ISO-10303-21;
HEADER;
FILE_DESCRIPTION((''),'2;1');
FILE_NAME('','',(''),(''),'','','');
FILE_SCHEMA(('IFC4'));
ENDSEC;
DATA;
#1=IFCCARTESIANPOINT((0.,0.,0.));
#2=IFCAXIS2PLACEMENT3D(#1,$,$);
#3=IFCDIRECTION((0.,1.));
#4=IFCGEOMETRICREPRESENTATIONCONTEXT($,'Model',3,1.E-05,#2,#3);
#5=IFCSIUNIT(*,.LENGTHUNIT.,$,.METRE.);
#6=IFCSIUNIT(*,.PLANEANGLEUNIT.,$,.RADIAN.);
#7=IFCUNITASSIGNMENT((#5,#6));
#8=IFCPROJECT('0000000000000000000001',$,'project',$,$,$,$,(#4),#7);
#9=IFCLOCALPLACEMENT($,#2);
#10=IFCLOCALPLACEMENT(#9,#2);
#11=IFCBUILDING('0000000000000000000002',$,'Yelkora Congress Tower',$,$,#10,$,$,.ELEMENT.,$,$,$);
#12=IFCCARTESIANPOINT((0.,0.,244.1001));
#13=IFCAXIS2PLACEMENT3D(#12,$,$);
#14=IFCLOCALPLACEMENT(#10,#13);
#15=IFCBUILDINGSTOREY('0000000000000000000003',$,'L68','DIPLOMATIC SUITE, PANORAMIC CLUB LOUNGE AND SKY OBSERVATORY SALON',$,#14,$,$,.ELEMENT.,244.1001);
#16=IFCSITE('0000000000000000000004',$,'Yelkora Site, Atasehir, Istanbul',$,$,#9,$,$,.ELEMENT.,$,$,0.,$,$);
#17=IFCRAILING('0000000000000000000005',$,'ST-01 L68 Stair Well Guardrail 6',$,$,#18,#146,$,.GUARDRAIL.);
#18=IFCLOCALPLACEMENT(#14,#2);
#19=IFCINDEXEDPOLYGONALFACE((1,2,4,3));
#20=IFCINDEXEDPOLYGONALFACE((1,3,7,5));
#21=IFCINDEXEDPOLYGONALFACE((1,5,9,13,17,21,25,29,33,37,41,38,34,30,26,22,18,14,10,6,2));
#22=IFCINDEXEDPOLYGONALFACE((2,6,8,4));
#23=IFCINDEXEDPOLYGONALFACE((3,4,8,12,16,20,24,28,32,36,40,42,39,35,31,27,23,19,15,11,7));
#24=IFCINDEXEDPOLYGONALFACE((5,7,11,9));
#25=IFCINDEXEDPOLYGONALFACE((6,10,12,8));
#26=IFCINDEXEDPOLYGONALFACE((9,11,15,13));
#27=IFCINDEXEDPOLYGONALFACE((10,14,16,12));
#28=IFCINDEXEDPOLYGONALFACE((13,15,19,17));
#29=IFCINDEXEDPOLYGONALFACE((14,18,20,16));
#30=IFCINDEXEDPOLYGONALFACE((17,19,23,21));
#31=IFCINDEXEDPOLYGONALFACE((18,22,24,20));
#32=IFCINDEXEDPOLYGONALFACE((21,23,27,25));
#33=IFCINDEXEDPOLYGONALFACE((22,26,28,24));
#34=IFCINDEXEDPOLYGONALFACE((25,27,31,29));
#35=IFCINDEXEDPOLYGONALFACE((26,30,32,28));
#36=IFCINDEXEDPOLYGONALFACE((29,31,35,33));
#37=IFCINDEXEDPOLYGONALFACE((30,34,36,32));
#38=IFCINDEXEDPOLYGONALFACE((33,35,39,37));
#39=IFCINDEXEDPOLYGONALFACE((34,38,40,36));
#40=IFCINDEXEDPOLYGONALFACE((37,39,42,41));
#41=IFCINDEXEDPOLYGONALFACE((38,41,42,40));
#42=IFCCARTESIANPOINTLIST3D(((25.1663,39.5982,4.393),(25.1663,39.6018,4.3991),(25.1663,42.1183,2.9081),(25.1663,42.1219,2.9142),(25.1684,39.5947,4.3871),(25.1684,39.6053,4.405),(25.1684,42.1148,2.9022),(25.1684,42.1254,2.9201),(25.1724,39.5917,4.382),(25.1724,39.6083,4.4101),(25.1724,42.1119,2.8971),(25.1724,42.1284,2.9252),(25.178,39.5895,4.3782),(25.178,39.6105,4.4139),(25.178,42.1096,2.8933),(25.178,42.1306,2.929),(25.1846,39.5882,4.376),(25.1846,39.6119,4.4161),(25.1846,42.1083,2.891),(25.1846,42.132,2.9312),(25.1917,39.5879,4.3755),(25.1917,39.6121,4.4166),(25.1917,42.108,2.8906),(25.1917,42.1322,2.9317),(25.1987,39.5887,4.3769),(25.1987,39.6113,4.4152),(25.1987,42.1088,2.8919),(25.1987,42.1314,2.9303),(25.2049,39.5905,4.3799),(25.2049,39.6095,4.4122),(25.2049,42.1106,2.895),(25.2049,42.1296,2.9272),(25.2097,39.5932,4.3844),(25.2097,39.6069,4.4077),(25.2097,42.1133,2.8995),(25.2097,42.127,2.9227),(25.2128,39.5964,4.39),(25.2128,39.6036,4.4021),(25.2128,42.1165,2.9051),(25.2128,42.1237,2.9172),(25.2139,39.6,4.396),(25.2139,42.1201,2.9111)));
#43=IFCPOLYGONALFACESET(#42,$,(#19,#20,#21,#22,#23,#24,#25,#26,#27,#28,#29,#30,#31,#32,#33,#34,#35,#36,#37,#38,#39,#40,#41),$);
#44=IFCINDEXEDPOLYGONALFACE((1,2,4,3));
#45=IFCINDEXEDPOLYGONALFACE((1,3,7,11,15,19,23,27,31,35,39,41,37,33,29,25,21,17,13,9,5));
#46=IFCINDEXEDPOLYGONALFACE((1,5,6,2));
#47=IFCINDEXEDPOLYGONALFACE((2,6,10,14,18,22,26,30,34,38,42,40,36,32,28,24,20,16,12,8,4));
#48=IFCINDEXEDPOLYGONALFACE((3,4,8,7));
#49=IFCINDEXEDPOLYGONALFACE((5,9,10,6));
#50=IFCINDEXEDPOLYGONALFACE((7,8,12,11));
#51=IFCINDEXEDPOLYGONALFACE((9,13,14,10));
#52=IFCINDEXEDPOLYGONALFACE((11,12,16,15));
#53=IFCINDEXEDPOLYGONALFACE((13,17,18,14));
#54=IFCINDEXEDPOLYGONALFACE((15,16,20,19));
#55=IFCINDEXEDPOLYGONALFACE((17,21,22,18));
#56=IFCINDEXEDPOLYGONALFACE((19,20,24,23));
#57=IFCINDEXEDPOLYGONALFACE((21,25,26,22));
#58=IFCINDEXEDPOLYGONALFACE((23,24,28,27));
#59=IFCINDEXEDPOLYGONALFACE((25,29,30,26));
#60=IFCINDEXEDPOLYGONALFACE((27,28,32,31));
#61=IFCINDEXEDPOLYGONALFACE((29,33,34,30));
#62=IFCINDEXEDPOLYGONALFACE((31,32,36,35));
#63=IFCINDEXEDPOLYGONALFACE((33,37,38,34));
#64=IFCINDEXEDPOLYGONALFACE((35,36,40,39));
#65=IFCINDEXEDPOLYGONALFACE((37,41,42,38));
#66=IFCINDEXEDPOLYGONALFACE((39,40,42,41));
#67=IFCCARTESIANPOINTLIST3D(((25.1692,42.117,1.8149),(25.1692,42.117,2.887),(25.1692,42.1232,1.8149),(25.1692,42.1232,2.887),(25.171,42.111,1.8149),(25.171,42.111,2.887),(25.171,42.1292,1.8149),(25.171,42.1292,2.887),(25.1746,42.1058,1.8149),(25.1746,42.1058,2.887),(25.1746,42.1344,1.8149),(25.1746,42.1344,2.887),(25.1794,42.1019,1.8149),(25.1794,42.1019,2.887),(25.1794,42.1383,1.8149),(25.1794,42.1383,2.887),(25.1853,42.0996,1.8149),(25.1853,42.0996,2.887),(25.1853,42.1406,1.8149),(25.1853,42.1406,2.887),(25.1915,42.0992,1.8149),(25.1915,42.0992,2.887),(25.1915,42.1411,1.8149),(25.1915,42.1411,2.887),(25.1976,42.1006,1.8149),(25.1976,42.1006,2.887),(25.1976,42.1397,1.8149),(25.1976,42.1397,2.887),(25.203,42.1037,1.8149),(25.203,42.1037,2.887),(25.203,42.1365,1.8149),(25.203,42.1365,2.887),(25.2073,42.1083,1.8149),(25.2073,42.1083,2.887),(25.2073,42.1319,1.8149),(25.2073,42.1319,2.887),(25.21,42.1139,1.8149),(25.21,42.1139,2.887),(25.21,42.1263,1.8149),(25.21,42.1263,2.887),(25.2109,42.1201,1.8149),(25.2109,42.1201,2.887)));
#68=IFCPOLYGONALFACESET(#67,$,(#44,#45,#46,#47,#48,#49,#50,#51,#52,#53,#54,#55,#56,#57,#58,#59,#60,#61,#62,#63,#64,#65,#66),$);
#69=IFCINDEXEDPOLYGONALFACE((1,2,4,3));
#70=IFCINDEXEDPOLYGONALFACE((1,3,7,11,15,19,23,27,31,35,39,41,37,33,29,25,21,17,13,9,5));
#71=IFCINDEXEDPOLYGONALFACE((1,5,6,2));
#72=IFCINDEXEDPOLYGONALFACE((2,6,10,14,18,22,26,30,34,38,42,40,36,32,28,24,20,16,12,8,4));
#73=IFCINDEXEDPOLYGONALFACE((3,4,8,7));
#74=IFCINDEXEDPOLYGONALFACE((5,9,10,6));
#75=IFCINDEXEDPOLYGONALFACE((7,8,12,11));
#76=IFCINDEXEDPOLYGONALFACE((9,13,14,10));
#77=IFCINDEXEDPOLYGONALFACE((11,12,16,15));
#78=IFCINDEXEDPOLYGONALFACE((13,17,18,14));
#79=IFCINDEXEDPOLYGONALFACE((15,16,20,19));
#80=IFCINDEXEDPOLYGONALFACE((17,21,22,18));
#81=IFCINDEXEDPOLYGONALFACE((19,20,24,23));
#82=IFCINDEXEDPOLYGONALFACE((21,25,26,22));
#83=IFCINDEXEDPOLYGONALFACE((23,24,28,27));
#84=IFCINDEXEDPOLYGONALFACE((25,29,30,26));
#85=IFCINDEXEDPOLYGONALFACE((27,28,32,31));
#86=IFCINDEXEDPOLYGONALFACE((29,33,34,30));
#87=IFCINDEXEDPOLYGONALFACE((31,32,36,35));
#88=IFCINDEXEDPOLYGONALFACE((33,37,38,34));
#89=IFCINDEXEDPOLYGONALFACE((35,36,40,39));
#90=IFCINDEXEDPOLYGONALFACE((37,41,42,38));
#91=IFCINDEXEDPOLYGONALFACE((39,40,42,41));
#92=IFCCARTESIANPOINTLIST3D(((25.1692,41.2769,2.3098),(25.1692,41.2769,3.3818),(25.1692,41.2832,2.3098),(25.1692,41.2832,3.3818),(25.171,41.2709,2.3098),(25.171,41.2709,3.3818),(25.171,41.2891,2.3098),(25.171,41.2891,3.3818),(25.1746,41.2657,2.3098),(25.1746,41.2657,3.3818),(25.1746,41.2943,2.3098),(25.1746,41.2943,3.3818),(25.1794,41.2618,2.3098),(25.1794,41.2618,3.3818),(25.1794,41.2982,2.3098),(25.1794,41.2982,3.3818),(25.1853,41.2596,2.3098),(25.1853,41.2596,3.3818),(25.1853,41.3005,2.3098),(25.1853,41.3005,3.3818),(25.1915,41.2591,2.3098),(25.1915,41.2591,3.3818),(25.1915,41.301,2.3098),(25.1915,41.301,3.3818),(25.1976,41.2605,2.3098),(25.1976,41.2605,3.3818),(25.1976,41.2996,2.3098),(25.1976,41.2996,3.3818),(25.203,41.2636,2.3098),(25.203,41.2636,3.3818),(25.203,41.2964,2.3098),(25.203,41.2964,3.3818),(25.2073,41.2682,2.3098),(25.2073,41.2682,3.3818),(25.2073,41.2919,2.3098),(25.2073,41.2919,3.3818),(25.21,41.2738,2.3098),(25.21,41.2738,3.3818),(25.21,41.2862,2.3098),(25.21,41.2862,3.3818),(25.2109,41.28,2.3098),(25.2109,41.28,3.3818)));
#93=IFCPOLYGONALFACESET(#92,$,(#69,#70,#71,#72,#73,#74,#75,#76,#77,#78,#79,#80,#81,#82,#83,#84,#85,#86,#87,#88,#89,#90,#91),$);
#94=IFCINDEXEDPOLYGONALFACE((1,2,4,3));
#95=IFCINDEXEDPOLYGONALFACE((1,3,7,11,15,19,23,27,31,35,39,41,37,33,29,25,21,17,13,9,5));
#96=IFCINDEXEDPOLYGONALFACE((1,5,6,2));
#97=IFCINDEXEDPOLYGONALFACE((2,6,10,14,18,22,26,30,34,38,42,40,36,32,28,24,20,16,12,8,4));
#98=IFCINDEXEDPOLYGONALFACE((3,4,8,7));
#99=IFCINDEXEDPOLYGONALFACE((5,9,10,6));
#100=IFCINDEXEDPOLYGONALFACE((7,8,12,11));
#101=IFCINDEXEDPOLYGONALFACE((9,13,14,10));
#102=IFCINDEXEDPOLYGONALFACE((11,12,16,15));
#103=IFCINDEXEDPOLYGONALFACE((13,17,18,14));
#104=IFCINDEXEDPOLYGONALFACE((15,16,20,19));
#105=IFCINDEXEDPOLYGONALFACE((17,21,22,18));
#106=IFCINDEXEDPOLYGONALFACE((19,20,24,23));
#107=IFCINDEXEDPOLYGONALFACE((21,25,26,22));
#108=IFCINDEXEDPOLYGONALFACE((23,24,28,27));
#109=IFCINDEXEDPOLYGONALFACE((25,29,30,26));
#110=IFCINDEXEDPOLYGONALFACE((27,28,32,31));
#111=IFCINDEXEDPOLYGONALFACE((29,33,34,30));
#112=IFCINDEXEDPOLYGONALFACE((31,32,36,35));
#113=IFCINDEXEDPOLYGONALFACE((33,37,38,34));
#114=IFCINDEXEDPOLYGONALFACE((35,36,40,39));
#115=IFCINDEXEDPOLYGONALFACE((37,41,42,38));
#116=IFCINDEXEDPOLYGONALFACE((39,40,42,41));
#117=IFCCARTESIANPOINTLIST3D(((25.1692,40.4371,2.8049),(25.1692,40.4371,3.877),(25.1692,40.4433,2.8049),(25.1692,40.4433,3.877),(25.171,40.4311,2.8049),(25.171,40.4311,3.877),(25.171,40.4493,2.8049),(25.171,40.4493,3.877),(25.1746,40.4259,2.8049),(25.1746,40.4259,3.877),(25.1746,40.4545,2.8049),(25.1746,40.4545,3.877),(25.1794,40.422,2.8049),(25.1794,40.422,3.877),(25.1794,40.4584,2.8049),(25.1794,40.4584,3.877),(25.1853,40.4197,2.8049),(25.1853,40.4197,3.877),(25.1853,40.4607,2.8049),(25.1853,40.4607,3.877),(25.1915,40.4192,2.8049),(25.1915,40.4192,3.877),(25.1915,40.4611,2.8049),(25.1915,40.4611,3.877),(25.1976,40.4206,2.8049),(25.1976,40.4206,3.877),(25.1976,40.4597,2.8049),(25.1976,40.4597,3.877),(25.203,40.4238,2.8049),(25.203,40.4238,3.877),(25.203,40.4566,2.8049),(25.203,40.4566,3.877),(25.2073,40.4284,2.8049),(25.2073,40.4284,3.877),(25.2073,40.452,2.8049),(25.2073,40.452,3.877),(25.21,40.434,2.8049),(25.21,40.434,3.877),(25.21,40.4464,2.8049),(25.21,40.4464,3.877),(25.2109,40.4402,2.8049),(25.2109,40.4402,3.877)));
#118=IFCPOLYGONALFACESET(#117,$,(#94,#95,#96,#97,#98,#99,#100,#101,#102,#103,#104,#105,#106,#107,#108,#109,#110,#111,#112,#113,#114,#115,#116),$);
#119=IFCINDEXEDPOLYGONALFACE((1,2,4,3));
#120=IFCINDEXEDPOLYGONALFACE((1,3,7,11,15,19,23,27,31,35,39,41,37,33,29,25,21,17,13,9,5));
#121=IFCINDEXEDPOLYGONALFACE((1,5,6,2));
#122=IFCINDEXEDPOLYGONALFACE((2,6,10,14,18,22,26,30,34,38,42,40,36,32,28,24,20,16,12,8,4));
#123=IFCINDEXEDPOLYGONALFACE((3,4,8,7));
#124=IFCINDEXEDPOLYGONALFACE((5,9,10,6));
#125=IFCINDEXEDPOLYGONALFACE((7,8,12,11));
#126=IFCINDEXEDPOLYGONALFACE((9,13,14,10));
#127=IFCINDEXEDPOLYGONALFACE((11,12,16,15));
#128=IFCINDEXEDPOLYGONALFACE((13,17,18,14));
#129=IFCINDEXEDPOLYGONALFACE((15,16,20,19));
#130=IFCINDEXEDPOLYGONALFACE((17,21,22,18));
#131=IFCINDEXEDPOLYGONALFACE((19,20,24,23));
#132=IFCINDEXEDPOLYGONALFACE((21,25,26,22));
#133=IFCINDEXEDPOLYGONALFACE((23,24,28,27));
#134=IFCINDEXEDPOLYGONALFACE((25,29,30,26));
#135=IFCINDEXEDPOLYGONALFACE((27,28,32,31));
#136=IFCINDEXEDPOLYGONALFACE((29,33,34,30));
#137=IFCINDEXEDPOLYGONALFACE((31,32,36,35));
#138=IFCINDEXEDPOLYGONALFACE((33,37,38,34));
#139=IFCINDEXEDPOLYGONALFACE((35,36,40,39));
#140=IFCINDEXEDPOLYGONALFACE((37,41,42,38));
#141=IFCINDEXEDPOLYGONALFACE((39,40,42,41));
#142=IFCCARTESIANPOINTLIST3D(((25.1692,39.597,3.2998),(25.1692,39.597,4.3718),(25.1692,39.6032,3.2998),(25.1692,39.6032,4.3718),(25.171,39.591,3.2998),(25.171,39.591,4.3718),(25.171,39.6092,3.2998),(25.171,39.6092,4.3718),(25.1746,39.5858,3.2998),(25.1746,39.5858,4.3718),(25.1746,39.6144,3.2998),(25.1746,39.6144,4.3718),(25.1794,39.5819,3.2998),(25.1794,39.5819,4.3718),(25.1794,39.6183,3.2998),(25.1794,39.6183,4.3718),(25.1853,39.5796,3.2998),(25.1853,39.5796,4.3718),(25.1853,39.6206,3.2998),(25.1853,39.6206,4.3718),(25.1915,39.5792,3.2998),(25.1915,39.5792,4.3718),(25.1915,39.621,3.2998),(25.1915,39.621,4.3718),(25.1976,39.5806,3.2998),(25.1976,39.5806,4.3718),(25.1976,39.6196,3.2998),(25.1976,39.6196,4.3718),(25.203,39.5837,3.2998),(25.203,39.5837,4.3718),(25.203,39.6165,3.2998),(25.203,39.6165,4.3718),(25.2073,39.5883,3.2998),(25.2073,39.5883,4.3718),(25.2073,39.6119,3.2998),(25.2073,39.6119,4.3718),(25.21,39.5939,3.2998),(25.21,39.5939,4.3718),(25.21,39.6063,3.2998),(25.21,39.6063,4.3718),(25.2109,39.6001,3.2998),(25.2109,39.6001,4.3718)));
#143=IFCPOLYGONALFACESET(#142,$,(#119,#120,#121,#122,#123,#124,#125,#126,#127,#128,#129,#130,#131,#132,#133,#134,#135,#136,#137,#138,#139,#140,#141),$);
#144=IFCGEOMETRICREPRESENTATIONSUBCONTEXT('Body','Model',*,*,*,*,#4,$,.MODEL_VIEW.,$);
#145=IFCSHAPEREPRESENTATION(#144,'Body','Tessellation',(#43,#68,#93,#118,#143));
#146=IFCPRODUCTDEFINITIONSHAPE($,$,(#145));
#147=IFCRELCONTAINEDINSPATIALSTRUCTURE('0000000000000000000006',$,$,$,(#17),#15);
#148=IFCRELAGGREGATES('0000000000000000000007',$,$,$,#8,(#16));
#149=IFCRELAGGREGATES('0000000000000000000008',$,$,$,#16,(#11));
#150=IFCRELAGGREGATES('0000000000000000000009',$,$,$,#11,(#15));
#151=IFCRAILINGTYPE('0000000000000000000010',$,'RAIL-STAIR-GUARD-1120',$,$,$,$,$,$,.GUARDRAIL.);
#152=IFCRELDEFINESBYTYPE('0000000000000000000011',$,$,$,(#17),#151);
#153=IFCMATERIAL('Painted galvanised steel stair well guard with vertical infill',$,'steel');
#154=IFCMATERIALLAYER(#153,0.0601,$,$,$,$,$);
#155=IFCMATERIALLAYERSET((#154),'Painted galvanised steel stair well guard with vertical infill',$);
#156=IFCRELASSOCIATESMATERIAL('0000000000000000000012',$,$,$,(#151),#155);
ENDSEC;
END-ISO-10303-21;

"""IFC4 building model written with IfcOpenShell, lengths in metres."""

from ifc_helpers import new_model, si_unit, direction, frame, origin, origin_2d, place, context, subcontext, project, spatial, circle, extrude, material, layer, layer_set, type_object, element, save


model = new_model("IFC4")

# Units and contexts
model_context = context("Model", 3, precision=1e-05, world=origin(), true_north=direction((0.0, 1.0)))
body_context = subcontext(model_context, "Body", "Model", "MODEL_VIEW")
ifc_project = project(units=[si_unit("LENGTHUNIT", "METRE"), si_unit("PLANEANGLEUNIT", "RADIAN")], contexts=[model_context])

# Site, building, storey
site_placement = place(None, origin())
site = spatial("IfcSite", under=ifc_project, at=site_placement, Name="Yelkora Site, Atasehir, Istanbul", CompositionType="ELEMENT", RefElevation=0.0)
building_placement = place(site_placement, origin())
building = spatial("IfcBuilding", under=site, at=building_placement, Name="Yelkora Congress Tower", CompositionType="ELEMENT")
storey_placement = place(building_placement, frame((0.0, 0.0, 244.1001)))
storey = spatial("IfcBuildingStorey", under=building, at=storey_placement, Name="L68", Description="DIPLOMATIC SUITE, PANORAMIC CLUB LOUNGE AND SKY OBSERVATORY SALON", CompositionType="ELEMENT", Elevation=244.1001)

# Railing
ifc_material_1 = material(Name="Painted galvanised steel stair well guard with vertical infill", Category="steel")
ifc_layer_1 = layer(ifc_material_1, 0.0601)
ifc_layer_set_1 = layer_set([ifc_layer_1], Name="Painted galvanised steel stair well guard with vertical infill")
railing_type = type_object("IfcRailingType", Name="RAIL-STAIR-GUARD-1120", PredefinedType="GUARDRAIL", material=ifc_layer_set_1)
railing_1_placement = place(storey_placement, frame((25.1899, 42.1201, 1.8149)))
element("IfcRailing", 1, at=railing_1_placement, inside=storey, type_object=railing_type, Name="ST-01 L68 Stair Well Guardrail 6", PredefinedType="GUARDRAIL", context=body_context, shape_type="SweptSolid", body=[
    extrude(circle(Radius=0.0239, at=origin_2d()), frame((0.0, 0.0, 1.0962), z_axis=(0.0, -0.861561, 0.507655), x_axis=(1.0, 0.0, 0.0)), (0.0, 0.0, 1.0), 2.925),
    extrude(circle(Radius=0.021, at=origin_2d()), origin(), (0.0, 0.0, 1.0), 1.072),
    extrude(circle(Radius=0.021, at=origin_2d()), frame((0.0, -0.8401, 0.4949)), (0.0, 0.0, 1.0), 1.072),
    extrude(circle(Radius=0.021, at=origin_2d()), frame((0.0, -1.6799, 0.99)), (0.0, 0.0, 1.0), 1.072),
    extrude(circle(Radius=0.021, at=origin_2d()), frame((0.0, -2.52, 1.4849)), (0.0, 0.0, 1.0), 1.072),
])

save(model, "model.ifc")
